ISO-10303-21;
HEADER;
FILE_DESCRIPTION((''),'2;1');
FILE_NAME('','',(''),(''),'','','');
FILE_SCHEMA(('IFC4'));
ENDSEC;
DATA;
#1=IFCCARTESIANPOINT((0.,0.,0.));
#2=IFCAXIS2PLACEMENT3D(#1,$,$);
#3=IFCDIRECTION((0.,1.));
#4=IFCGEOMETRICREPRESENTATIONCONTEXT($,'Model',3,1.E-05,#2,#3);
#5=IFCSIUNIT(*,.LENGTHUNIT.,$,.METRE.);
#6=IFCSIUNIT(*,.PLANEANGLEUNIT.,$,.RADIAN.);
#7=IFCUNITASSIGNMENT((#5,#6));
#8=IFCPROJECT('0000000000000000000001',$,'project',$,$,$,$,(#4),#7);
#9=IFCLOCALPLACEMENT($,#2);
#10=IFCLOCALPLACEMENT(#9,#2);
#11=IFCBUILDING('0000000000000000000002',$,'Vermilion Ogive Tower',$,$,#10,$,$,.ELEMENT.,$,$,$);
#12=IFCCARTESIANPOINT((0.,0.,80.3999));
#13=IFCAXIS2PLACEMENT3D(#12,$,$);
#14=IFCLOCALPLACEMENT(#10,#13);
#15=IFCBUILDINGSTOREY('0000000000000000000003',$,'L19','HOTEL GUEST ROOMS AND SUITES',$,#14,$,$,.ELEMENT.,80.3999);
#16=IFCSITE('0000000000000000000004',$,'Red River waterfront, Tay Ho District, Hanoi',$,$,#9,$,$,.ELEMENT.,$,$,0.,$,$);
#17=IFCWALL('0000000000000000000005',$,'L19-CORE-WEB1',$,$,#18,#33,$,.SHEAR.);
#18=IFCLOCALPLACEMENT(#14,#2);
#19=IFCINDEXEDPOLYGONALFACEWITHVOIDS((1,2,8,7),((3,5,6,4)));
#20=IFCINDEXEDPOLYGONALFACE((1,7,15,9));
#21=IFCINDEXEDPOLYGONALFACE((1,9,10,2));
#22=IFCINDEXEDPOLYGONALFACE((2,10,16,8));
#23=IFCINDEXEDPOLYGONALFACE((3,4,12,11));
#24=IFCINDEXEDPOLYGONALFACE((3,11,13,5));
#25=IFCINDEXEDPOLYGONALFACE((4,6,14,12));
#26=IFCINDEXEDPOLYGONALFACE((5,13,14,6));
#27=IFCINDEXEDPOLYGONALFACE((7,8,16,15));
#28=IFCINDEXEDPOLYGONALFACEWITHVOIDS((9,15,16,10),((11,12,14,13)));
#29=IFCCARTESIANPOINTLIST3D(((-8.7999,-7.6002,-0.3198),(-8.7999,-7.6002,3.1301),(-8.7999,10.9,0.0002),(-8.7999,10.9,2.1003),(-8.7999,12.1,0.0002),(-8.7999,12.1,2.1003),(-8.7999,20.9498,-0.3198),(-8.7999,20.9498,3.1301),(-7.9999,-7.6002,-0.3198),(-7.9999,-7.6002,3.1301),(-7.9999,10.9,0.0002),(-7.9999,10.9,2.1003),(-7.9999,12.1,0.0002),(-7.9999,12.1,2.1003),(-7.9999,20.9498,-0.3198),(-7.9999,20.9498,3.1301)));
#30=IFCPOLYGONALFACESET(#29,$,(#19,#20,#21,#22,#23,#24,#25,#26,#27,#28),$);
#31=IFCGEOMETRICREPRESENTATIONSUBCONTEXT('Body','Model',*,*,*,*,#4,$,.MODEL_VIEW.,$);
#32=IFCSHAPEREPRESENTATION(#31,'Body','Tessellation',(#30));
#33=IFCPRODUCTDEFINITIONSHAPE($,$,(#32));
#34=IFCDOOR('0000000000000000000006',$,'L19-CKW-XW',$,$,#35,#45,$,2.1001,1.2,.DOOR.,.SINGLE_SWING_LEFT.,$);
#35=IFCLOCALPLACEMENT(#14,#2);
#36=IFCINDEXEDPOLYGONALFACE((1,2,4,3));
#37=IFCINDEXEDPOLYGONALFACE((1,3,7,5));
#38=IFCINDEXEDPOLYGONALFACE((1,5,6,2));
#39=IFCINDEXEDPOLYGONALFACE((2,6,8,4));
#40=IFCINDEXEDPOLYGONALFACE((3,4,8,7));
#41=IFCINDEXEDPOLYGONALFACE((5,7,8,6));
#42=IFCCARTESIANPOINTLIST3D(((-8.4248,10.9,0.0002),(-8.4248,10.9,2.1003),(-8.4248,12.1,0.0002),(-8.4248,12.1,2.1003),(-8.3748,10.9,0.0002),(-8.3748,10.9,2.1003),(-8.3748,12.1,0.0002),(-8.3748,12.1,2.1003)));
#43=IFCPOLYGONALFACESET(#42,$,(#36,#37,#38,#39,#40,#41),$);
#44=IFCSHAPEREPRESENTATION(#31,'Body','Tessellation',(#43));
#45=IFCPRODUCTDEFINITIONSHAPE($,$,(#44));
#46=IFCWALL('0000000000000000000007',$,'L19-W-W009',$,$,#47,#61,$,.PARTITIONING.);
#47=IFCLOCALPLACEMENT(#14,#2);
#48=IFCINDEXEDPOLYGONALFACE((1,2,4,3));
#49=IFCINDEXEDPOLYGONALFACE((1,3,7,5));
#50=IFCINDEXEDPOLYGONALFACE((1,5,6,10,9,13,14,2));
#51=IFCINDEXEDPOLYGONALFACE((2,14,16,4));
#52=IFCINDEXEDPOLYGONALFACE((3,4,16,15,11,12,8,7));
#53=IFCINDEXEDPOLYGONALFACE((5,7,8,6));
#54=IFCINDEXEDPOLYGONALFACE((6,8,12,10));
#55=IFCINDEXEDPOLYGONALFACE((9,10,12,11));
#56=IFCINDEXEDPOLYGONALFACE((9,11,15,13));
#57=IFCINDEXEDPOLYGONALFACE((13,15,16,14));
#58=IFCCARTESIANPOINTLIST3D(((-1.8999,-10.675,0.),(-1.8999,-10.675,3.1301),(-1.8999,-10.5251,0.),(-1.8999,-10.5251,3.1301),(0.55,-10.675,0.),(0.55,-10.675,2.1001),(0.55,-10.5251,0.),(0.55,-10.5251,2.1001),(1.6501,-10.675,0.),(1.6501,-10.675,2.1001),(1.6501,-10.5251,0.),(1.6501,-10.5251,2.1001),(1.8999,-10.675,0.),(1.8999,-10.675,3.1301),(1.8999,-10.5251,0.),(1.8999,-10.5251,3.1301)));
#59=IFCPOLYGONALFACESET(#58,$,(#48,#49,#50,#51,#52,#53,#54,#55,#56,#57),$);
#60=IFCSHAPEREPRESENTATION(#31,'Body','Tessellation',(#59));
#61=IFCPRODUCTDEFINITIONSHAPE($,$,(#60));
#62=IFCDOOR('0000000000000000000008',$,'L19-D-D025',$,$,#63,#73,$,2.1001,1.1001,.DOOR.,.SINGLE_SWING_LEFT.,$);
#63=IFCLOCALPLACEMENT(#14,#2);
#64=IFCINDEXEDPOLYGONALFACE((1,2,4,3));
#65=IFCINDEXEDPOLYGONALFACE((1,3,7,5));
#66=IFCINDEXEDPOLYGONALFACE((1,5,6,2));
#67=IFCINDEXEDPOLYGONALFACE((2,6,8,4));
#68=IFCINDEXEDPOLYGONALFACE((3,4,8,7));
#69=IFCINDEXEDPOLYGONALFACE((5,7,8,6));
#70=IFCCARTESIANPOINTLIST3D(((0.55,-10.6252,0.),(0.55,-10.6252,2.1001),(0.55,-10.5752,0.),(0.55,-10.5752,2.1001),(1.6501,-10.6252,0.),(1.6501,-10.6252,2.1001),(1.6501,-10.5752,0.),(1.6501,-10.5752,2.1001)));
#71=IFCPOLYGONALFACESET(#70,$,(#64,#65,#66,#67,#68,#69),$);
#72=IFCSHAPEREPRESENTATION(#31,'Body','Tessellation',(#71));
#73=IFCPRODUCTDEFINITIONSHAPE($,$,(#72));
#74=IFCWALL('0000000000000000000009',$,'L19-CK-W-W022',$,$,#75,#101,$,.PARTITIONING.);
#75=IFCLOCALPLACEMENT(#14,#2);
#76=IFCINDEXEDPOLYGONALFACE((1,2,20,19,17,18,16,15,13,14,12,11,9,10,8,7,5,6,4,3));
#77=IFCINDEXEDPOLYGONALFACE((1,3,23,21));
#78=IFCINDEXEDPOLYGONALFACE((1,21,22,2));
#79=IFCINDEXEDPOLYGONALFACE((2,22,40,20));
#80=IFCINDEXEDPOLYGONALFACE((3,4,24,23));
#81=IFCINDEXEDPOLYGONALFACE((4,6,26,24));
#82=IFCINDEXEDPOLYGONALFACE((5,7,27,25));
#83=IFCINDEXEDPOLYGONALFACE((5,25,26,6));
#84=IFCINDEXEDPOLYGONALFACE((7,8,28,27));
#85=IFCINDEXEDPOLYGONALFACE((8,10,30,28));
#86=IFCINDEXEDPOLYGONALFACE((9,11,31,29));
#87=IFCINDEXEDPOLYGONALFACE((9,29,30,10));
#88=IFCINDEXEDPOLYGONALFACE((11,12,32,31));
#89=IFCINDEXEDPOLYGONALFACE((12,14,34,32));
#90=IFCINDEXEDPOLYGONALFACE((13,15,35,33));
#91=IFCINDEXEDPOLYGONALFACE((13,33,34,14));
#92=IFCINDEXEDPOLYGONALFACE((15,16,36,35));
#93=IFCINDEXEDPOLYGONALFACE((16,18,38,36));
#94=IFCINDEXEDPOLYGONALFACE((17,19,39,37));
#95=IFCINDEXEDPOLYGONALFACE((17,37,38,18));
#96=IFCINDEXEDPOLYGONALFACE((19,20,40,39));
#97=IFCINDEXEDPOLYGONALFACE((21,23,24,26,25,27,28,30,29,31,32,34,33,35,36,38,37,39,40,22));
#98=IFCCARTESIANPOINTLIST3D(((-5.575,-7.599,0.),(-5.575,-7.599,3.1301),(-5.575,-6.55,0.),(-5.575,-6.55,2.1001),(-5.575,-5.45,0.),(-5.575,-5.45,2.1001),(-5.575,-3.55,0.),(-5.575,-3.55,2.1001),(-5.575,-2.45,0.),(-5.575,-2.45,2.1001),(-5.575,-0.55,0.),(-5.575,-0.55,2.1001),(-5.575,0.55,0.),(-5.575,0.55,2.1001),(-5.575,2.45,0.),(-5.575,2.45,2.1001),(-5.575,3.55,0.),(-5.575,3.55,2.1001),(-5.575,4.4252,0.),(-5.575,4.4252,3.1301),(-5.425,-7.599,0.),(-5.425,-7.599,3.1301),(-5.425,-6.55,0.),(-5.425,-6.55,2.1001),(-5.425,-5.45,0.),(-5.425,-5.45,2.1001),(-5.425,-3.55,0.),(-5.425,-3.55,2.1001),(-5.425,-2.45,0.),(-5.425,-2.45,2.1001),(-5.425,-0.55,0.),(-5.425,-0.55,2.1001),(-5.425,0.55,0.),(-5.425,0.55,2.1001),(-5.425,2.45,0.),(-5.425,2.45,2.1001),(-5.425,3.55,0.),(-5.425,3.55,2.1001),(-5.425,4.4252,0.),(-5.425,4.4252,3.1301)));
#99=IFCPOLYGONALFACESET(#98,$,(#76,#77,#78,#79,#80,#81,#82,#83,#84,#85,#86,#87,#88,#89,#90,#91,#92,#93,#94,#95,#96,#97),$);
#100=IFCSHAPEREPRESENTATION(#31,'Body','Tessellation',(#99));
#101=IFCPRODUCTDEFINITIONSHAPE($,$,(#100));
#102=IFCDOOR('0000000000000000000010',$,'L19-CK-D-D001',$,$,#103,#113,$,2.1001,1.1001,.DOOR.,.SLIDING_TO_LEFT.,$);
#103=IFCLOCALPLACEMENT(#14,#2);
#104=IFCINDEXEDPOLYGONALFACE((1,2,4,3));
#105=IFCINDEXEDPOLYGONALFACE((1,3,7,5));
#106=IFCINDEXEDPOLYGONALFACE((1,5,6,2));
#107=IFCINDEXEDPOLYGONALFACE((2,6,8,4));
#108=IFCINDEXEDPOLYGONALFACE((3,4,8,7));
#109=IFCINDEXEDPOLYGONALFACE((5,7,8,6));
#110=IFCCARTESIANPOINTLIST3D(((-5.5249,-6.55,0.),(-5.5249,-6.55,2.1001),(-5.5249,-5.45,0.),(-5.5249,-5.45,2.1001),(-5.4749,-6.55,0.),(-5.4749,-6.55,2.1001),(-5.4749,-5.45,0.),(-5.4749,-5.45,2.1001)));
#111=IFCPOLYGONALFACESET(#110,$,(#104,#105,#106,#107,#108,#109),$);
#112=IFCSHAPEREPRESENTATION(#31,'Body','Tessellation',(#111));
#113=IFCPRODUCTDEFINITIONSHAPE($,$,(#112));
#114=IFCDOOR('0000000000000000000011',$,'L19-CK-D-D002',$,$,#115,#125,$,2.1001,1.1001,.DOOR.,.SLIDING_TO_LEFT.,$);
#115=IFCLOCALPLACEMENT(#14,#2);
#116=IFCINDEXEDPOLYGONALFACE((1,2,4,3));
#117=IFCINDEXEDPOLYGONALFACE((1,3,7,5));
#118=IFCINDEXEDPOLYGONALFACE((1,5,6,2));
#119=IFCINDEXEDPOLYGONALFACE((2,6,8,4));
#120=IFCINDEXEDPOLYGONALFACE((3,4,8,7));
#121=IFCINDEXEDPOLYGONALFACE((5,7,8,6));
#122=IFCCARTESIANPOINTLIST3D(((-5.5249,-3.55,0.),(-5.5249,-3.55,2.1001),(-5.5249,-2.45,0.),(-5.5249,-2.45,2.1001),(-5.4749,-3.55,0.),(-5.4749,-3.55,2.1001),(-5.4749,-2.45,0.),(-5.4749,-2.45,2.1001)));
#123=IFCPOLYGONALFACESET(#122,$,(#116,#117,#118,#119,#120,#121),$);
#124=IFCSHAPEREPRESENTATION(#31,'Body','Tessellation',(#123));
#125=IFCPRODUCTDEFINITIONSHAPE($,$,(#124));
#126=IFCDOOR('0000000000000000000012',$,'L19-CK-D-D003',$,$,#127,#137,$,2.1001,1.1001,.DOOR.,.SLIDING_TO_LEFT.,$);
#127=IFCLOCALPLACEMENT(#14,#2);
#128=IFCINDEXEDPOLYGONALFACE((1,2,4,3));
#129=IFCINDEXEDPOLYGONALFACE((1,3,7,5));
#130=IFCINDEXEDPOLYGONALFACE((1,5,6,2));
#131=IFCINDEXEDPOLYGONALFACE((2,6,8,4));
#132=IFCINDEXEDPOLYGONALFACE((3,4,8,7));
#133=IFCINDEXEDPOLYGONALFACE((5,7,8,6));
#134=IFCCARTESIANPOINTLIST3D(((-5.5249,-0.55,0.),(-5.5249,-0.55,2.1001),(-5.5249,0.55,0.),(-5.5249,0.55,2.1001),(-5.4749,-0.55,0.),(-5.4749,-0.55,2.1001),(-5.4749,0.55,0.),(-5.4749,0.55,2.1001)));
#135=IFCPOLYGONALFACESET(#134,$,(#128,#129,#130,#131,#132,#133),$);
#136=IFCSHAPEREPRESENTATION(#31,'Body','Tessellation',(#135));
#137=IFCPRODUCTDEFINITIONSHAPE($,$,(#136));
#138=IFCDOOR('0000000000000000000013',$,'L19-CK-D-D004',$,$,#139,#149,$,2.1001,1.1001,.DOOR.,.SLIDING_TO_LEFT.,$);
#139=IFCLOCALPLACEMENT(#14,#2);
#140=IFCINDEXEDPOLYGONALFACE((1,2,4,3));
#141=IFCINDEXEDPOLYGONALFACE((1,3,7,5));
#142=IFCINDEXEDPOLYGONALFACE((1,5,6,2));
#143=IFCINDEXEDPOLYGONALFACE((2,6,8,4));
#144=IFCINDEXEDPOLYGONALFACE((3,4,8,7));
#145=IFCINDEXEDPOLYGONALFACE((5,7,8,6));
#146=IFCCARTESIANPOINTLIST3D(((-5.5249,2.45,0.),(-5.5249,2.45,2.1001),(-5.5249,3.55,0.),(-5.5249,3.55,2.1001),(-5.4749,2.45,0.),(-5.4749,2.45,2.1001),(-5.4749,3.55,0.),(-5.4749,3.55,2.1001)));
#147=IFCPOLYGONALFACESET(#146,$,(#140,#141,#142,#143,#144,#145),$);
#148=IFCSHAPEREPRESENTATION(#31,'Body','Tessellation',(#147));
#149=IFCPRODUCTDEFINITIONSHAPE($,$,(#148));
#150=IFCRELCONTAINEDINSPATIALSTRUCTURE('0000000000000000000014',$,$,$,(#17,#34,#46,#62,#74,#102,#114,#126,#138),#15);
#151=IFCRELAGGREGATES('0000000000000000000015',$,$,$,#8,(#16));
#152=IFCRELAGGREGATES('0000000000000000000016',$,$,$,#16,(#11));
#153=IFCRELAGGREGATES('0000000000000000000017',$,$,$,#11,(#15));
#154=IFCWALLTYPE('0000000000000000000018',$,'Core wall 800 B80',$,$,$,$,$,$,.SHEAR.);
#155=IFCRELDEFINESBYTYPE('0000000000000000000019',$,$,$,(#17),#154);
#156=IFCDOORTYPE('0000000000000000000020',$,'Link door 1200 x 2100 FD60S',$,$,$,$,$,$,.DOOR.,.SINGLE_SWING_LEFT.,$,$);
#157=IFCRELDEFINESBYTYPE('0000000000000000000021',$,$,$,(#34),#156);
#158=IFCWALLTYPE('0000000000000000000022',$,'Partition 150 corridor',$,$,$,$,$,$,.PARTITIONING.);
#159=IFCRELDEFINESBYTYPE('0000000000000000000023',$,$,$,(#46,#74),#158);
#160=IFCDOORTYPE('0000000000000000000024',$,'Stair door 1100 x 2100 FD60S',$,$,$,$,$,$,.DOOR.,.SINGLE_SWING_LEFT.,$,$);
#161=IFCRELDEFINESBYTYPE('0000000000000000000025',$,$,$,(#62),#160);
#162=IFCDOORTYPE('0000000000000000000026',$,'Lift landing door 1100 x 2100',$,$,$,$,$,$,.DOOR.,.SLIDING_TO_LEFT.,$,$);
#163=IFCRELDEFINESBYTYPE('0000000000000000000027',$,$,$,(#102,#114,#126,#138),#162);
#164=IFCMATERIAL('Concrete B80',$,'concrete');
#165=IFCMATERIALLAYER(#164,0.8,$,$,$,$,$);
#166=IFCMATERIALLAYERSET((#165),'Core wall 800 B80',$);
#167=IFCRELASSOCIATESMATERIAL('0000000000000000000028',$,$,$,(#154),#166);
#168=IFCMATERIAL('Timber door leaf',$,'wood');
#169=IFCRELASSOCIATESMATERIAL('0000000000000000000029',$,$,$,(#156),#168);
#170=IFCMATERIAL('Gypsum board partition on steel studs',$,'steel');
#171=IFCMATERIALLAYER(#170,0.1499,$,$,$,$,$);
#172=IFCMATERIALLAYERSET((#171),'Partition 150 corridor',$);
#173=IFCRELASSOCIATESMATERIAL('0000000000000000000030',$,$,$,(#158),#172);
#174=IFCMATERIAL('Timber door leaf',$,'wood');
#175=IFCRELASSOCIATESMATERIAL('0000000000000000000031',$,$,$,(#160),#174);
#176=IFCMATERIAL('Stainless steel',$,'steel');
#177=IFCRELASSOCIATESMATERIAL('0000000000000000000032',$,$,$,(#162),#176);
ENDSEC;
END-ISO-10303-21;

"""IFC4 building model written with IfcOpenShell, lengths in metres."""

from ifc_helpers import new_model, si_unit, direction, frame, frame_2d, origin, place, context, subcontext, project, spatial, rectangle, extrude, material, layer, layer_set, type_object, element, fill, save


model = new_model("IFC4")

# Units and contexts
model_context = context("Model", 3, precision=1e-05, world=origin(), true_north=direction((0.0, 1.0)))
body_context = subcontext(model_context, "Body", "Model", "MODEL_VIEW")
ifc_project = project(units=[si_unit("LENGTHUNIT", "METRE"), si_unit("PLANEANGLEUNIT", "RADIAN")], contexts=[model_context])

# Site, building, storey
site_placement = place(None, origin())
site = spatial("IfcSite", under=ifc_project, at=site_placement, Name="Red River waterfront, Tay Ho District, Hanoi", CompositionType="ELEMENT", RefElevation=0.0)
building_placement = place(site_placement, origin())
building = spatial("IfcBuilding", under=site, at=building_placement, Name="Vermilion Ogive Tower", CompositionType="ELEMENT")
storey_placement = place(building_placement, frame((0.0, 0.0, 80.3999)))
storey = spatial("IfcBuildingStorey", under=building, at=storey_placement, Name="L19", Description="HOTEL GUEST ROOMS AND SUITES", CompositionType="ELEMENT", Elevation=80.3999)

# Walls, openings, doors
ifc_material_1 = material(Name="Concrete B80", Category="concrete")
ifc_layer_1 = layer(ifc_material_1, 0.8)
ifc_layer_set_1 = layer_set([ifc_layer_1], Name="Core wall 800 B80")
wall_type_1 = type_object("IfcWallType", Name="Core wall 800 B80", PredefinedType="SHEAR", material=ifc_layer_set_1)
wall_1_placement = place(storey_placement, frame((-8.3999, -7.6001, -0.3198), z_axis=(0.0, 0.0, 1.0), x_axis=(0.0, 1.0, 0.0)))
wall_1 = element("IfcWall", 1, at=wall_1_placement, inside=storey, type_object=wall_type_1, Name="L19-CORE-WEB1", PredefinedType="SHEAR", context=body_context, shape_type="SweptSolid", body=[
    extrude(rectangle(XDim=28.55, YDim=0.8, at=frame_2d((14.2749, 0.0))), origin(), (0.0, 0.0, 1.0), 3.45),
])
opening_1_placement = place(wall_1_placement, frame((18.5, 0.0, 0.3201)))
opening_1 = element("IfcOpeningElement", 2, at=opening_1_placement, cuts=wall_1, PredefinedType="OPENING", context=body_context, shape_type="SweptSolid", body=[
    extrude(rectangle(XDim=1.2, YDim=2.1001, at=frame_2d((0.6001, 1.05))), frame((0.0, 0.4099, 0.0), z_axis=(0.0, -1.0, 0.0), x_axis=(1.0, 0.0, 0.0)), (0.0, 0.0, 1.0), 0.8201),
])
ifc_material_2 = material(Name="Timber door leaf", Category="wood")
door_type_1 = type_object("IfcDoorType", Name="Link door 1200 x 2100 FD60S", OperationType="SINGLE_SWING_LEFT", PredefinedType="DOOR", material=ifc_material_2)
door_1_placement = place(opening_1_placement, origin())
door_1 = element("IfcDoor", 3, at=door_1_placement, inside=storey, type_object=door_type_1, Name="L19-CKW-XW", OperationType="SINGLE_SWING_LEFT", OverallHeight=2.1001, OverallWidth=1.2, PredefinedType="DOOR", context=body_context, shape_type="SweptSolid", body=[
    extrude(rectangle(XDim=1.2, YDim=2.1001, at=frame_2d((0.6001, 1.05))), frame((0.0, 0.0249, 0.0), z_axis=(0.0, -1.0, 0.0), x_axis=(1.0, 0.0, 0.0)), (0.0, 0.0, 1.0), 0.05),
])
fill(opening_1, door_1)
ifc_material_3 = material(Name="Gypsum board partition on steel studs", Category="steel")
ifc_layer_2 = layer(ifc_material_3, 0.1499)
ifc_layer_set_2 = layer_set([ifc_layer_2], Name="Partition 150 corridor")
wall_type_2 = type_object("IfcWallType", Name="Partition 150 corridor", PredefinedType="PARTITIONING", material=ifc_layer_set_2)
wall_2_placement = place(storey_placement, frame((-1.8999, -10.6001, 0.0), z_axis=(0.0, 0.0, 1.0), x_axis=(1.0, 0.0, 0.0)))
wall_2 = element("IfcWall", 4, at=wall_2_placement, inside=storey, type_object=wall_type_2, Name="L19-W-W009", PredefinedType="PARTITIONING", context=body_context, shape_type="SweptSolid", body=[
    extrude(rectangle(XDim=3.7998, YDim=0.1499, at=frame_2d((1.8999, 0.0))), origin(), (0.0, 0.0, 1.0), 3.1301),
])
opening_2_placement = place(wall_2_placement, frame((2.45, 0.0, 0.0)))
opening_2 = element("IfcOpeningElement", 5, at=opening_2_placement, cuts=wall_2, PredefinedType="OPENING", context=body_context, shape_type="SweptSolid", body=[
    extrude(rectangle(XDim=1.1001, YDim=2.1001, at=frame_2d((0.55, 1.05))), frame((0.0, 0.085, 0.0), z_axis=(0.0, -1.0, 0.0), x_axis=(1.0, 0.0, 0.0)), (0.0, 0.0, 1.0), 0.1699),
])
ifc_material_4 = material(Name="Timber door leaf", Category="wood")
door_type_2 = type_object("IfcDoorType", Name="Stair door 1100 x 2100 FD60S", OperationType="SINGLE_SWING_LEFT", PredefinedType="DOOR", material=ifc_material_4)
door_2_placement = place(opening_2_placement, origin())
door_2 = element("IfcDoor", 6, at=door_2_placement, inside=storey, type_object=door_type_2, Name="L19-D-D025", OperationType="SINGLE_SWING_LEFT", OverallHeight=2.1001, OverallWidth=1.1001, PredefinedType="DOOR", context=body_context, shape_type="SweptSolid", body=[
    extrude(rectangle(XDim=1.1001, YDim=2.1001, at=frame_2d((0.55, 1.05))), frame((0.0, 0.0249, 0.0), z_axis=(0.0, -1.0, 0.0), x_axis=(1.0, 0.0, 0.0)), (0.0, 0.0, 1.0), 0.05),
])
fill(opening_2, door_2)

# Wall, openings, doors
wall_3_placement = place(storey_placement, frame((-5.5, -7.5991, 0.0), z_axis=(0.0, 0.0, 1.0), x_axis=(0.0, 1.0, 0.0)))
wall_3 = element("IfcWall", 7, at=wall_3_placement, inside=storey, type_object=wall_type_2, Name="L19-CK-W-W022", PredefinedType="PARTITIONING", context=body_context, shape_type="SweptSolid", body=[
    extrude(rectangle(XDim=12.0242, YDim=0.1499, at=frame_2d((6.0122, 0.0))), origin(), (0.0, 0.0, 1.0), 3.1301),
])
opening_3_placement = place(wall_3_placement, frame((1.0491, 0.0, 0.0)))
opening_3 = element("IfcOpeningElement", 8, at=opening_3_placement, cuts=wall_3, PredefinedType="OPENING", context=body_context, shape_type="SweptSolid", body=[
    extrude(rectangle(XDim=1.1001, YDim=2.1001, at=frame_2d((0.55, 1.05))), frame((0.0, 0.085, 0.0), z_axis=(0.0, -1.0, 0.0), x_axis=(1.0, 0.0, 0.0)), (0.0, 0.0, 1.0), 0.1699),
])
opening_4_placement = place(wall_3_placement, frame((4.0491, 0.0, 0.0)))
opening_4 = element("IfcOpeningElement", 9, at=opening_4_placement, cuts=wall_3, PredefinedType="OPENING", context=body_context, shape_type="SweptSolid", body=[
    extrude(rectangle(XDim=1.1001, YDim=2.1001, at=frame_2d((0.55, 1.05))), frame((0.0, 0.085, 0.0), z_axis=(0.0, -1.0, 0.0), x_axis=(1.0, 0.0, 0.0)), (0.0, 0.0, 1.0), 0.1699),
])
opening_5_placement = place(wall_3_placement, frame((7.0491, 0.0, 0.0)))
opening_5 = element("IfcOpeningElement", 10, at=opening_5_placement, cuts=wall_3, PredefinedType="OPENING", context=body_context, shape_type="SweptSolid", body=[
    extrude(rectangle(XDim=1.1001, YDim=2.1001, at=frame_2d((0.55, 1.05))), frame((0.0, 0.085, 0.0), z_axis=(0.0, -1.0, 0.0), x_axis=(1.0, 0.0, 0.0)), (0.0, 0.0, 1.0), 0.1699),
])
opening_6_placement = place(wall_3_placement, frame((10.0491, 0.0, 0.0)))
opening_6 = element("IfcOpeningElement", 11, at=opening_6_placement, cuts=wall_3, PredefinedType="OPENING", context=body_context, shape_type="SweptSolid", body=[
    extrude(rectangle(XDim=1.1001, YDim=2.1001, at=frame_2d((0.55, 1.05))), frame((0.0, 0.085, 0.0), z_axis=(0.0, -1.0, 0.0), x_axis=(1.0, 0.0, 0.0)), (0.0, 0.0, 1.0), 0.1699),
])
ifc_material_5 = material(Name="Stainless steel", Category="steel")
door_type_3 = type_object("IfcDoorType", Name="Lift landing door 1100 x 2100", OperationType="SLIDING_TO_LEFT", PredefinedType="DOOR", material=ifc_material_5)
door_3_placement = place(opening_3_placement, origin())
door_3 = element("IfcDoor", 12, at=door_3_placement, inside=storey, type_object=door_type_3, Name="L19-CK-D-D001", OperationType="SLIDING_TO_LEFT", OverallHeight=2.1001, OverallWidth=1.1001, PredefinedType="DOOR", context=body_context, shape_type="SweptSolid", body=[
    extrude(rectangle(XDim=1.1001, YDim=2.1001, at=frame_2d((0.55, 1.05))), frame((0.0, 0.0249, 0.0), z_axis=(0.0, -1.0, 0.0), x_axis=(1.0, 0.0, 0.0)), (0.0, 0.0, 1.0), 0.05),
])
fill(opening_3, door_3)
door_4_placement = place(opening_4_placement, origin())
door_4 = element("IfcDoor", 13, at=door_4_placement, inside=storey, type_object=door_type_3, Name="L19-CK-D-D002", OperationType="SLIDING_TO_LEFT", OverallHeight=2.1001, OverallWidth=1.1001, PredefinedType="DOOR", context=body_context, shape_type="SweptSolid", body=[
    extrude(rectangle(XDim=1.1001, YDim=2.1001, at=frame_2d((0.55, 1.05))), frame((0.0, 0.0249, 0.0), z_axis=(0.0, -1.0, 0.0), x_axis=(1.0, 0.0, 0.0)), (0.0, 0.0, 1.0), 0.05),
])
fill(opening_4, door_4)
door_5_placement = place(opening_5_placement, origin())
door_5 = element("IfcDoor", 14, at=door_5_placement, inside=storey, type_object=door_type_3, Name="L19-CK-D-D003", OperationType="SLIDING_TO_LEFT", OverallHeight=2.1001, OverallWidth=1.1001, PredefinedType="DOOR", context=body_context, shape_type="SweptSolid", body=[
    extrude(rectangle(XDim=1.1001, YDim=2.1001, at=frame_2d((0.55, 1.05))), frame((0.0, 0.0249, 0.0), z_axis=(0.0, -1.0, 0.0), x_axis=(1.0, 0.0, 0.0)), (0.0, 0.0, 1.0), 0.05),
])
fill(opening_5, door_5)
door_6_placement = place(opening_6_placement, origin())
door_6 = element("IfcDoor", 15, at=door_6_placement, inside=storey, type_object=door_type_3, Name="L19-CK-D-D004", OperationType="SLIDING_TO_LEFT", OverallHeight=2.1001, OverallWidth=1.1001, PredefinedType="DOOR", context=body_context, shape_type="SweptSolid", body=[
    extrude(rectangle(XDim=1.1001, YDim=2.1001, at=frame_2d((0.55, 1.05))), frame((0.0, 0.0249, 0.0), z_axis=(0.0, -1.0, 0.0), x_axis=(1.0, 0.0, 0.0)), (0.0, 0.0, 1.0), 0.05),
])
fill(opening_6, door_6)

save(model, "model.ifc")
